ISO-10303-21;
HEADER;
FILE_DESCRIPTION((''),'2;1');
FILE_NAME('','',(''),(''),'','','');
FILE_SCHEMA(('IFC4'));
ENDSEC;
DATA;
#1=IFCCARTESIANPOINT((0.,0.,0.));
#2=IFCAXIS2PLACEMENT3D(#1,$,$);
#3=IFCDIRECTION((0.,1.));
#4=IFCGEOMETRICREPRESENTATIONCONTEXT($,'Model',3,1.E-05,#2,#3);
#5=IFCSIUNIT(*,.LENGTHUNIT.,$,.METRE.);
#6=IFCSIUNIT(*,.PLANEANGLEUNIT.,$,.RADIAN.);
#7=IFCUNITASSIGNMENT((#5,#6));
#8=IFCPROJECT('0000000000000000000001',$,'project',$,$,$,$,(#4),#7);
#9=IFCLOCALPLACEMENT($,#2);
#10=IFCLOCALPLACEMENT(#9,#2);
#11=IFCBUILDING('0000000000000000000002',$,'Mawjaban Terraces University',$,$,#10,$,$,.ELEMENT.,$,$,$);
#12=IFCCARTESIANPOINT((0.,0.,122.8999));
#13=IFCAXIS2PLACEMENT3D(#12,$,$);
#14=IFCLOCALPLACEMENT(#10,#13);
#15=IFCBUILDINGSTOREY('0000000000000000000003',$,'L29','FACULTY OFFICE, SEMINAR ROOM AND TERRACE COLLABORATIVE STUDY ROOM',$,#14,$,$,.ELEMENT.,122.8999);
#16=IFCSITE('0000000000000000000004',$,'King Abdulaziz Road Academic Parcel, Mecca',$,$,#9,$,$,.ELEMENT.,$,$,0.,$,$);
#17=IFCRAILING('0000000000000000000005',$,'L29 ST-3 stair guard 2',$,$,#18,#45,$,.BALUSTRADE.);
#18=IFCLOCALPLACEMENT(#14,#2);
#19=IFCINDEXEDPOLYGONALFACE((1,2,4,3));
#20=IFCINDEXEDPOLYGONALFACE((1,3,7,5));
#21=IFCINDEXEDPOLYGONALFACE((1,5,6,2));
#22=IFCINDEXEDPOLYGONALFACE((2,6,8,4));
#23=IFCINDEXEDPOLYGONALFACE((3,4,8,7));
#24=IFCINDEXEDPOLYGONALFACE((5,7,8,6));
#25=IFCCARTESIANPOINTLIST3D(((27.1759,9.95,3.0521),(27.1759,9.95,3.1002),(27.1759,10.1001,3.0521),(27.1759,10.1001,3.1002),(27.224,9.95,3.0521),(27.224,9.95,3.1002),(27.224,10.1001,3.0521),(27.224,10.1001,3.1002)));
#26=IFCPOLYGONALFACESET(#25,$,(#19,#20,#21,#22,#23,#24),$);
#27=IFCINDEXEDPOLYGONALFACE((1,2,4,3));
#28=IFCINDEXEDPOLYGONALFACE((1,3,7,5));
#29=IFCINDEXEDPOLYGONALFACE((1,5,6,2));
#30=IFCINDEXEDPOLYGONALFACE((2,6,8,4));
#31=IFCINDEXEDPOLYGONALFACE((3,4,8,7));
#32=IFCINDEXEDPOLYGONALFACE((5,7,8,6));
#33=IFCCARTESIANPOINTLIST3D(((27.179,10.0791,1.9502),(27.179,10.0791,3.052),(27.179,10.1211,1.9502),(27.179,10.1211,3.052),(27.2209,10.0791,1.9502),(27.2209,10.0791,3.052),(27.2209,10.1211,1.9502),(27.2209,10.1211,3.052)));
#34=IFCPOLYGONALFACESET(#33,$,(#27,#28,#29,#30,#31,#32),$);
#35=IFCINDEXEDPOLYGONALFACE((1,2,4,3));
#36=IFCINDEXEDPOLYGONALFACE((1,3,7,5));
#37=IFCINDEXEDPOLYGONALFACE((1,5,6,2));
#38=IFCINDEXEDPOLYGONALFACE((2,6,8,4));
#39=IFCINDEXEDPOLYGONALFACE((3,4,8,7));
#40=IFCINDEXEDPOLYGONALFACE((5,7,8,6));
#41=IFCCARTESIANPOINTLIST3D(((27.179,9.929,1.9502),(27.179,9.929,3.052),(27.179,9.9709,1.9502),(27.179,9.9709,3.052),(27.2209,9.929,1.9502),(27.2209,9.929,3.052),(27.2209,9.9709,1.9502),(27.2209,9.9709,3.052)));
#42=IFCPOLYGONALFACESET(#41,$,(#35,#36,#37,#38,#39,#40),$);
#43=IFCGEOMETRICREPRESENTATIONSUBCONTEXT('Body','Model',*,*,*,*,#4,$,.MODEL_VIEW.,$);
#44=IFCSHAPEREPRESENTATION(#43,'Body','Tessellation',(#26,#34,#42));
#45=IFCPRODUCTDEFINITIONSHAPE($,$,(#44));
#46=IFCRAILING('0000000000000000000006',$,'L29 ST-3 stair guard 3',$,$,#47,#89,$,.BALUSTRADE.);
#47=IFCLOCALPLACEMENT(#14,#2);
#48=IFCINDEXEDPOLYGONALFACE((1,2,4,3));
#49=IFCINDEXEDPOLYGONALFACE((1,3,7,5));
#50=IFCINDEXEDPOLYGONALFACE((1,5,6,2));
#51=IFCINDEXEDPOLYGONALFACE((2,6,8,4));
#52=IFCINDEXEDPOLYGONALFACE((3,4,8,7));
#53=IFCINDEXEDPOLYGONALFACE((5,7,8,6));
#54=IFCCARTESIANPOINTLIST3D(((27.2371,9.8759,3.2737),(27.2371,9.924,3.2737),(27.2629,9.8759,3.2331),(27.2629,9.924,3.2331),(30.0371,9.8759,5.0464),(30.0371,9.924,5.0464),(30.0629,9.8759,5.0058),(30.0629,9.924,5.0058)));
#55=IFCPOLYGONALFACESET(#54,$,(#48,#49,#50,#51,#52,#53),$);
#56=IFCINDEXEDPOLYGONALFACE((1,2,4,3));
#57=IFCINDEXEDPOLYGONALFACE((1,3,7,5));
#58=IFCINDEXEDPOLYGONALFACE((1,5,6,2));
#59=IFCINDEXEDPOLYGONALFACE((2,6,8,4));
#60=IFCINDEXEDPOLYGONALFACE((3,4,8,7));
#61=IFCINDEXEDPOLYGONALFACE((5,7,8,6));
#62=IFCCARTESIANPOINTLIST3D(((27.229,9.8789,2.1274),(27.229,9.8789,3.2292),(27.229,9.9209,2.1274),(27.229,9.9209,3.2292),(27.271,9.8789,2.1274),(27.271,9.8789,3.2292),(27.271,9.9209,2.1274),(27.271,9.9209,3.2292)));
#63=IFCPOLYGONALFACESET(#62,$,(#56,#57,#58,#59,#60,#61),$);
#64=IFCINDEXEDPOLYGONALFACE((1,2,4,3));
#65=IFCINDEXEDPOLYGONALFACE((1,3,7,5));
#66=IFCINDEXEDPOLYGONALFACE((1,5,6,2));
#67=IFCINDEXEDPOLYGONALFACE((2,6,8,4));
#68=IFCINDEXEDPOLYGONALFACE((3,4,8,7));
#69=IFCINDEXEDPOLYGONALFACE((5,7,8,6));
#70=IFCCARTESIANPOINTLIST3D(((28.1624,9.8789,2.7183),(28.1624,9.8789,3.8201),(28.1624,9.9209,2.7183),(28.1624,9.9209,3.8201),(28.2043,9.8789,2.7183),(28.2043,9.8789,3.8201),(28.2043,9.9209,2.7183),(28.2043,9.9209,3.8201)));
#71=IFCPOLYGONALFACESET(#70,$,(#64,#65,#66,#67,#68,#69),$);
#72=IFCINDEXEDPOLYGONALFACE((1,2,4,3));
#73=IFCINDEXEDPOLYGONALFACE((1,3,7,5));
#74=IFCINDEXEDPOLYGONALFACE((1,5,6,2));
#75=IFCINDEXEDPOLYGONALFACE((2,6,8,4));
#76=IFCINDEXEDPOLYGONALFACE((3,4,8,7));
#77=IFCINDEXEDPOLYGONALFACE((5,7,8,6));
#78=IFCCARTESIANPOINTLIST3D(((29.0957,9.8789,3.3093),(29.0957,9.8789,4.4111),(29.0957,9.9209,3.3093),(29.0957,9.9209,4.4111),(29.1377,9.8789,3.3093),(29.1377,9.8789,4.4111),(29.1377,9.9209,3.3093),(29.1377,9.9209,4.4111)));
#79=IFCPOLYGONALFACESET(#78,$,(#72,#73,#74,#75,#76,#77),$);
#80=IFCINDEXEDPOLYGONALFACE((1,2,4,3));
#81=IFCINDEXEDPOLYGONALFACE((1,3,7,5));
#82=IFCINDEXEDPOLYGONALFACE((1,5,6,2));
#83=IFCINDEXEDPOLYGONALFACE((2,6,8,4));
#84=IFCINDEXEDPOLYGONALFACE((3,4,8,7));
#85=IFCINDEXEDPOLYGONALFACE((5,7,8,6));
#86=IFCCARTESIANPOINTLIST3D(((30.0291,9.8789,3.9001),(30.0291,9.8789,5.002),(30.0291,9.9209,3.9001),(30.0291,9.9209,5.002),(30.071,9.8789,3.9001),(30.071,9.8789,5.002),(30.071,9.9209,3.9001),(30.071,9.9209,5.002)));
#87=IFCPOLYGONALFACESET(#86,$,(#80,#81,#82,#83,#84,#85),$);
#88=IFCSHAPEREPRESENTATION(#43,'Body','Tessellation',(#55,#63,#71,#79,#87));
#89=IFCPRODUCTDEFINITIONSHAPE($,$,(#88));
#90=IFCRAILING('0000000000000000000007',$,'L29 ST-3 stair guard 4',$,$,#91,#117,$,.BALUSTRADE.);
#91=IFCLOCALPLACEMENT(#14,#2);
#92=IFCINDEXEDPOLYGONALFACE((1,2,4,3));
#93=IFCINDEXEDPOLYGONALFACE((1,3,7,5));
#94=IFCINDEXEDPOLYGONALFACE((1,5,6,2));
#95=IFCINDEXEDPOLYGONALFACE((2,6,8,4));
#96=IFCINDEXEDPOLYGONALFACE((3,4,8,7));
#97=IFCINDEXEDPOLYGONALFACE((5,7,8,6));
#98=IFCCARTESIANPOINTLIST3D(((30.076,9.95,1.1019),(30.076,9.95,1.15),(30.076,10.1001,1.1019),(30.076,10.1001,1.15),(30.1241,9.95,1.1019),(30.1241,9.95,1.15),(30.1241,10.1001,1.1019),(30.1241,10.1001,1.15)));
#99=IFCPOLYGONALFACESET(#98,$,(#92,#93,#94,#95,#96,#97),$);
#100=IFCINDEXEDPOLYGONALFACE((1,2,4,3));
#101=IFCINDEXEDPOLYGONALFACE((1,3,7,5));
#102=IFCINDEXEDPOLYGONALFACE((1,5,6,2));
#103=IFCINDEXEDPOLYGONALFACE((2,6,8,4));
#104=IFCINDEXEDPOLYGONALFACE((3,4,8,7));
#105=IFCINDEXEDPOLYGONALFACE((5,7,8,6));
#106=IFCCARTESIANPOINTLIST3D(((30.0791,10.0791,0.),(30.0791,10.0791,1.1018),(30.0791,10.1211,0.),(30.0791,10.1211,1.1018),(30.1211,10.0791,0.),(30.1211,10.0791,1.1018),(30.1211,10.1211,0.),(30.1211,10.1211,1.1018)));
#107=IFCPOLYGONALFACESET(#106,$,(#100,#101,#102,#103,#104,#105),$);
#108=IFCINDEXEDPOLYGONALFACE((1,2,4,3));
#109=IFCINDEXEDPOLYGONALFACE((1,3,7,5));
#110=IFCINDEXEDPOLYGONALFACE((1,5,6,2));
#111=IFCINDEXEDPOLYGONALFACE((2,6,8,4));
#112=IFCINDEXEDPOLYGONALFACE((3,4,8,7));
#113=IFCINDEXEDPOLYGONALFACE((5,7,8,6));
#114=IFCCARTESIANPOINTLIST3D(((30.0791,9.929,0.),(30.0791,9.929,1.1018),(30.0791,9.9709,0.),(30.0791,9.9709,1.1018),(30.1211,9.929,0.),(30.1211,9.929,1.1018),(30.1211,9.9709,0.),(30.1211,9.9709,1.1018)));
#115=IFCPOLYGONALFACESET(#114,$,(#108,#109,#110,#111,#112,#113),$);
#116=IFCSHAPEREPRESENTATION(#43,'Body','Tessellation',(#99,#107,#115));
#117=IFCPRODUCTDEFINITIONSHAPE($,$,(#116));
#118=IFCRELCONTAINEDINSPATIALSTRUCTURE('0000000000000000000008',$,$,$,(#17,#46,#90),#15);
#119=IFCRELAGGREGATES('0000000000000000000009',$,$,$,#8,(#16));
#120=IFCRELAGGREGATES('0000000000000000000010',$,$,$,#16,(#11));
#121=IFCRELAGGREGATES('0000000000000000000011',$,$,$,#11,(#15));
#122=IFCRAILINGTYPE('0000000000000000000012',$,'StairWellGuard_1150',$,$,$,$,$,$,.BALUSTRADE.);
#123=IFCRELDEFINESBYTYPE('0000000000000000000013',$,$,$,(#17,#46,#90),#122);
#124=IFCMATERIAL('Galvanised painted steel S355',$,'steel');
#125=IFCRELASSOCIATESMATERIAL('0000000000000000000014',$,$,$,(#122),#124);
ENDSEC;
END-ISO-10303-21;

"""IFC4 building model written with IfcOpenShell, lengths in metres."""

from ifc_helpers import new_model, si_unit, direction, frame, origin, origin_2d, place, context, subcontext, project, spatial, rectangle, extrude, material, type_object, element, save


model = new_model("IFC4")

# Units and contexts
model_context = context("Model", 3, precision=1e-05, world=origin(), true_north=direction((0.0, 1.0)))
body_context = subcontext(model_context, "Body", "Model", "MODEL_VIEW")
ifc_project = project(units=[si_unit("LENGTHUNIT", "METRE"), si_unit("PLANEANGLEUNIT", "RADIAN")], contexts=[model_context])

# Site, building, storey
site_placement = place(None, origin())
site = spatial("IfcSite", under=ifc_project, at=site_placement, Name="King Abdulaziz Road Academic Parcel, Mecca", CompositionType="ELEMENT", RefElevation=0.0)
building_placement = place(site_placement, origin())
building = spatial("IfcBuilding", under=site, at=building_placement, Name="Mawjaban Terraces University", CompositionType="ELEMENT")
storey_placement = place(building_placement, frame((0.0, 0.0, 122.8999)))
storey = spatial("IfcBuildingStorey", under=building, at=storey_placement, Name="L29", Description="FACULTY OFFICE, SEMINAR ROOM AND TERRACE COLLABORATIVE STUDY ROOM", CompositionType="ELEMENT", Elevation=122.8999)

# Railings
ifc_material_1 = material(Name="Galvanised painted steel S355", Category="steel")
railing_type_1 = type_object("IfcRailingType", Name="StairWellGuard_1150", PredefinedType="BALUSTRADE", material=ifc_material_1)
railing_1_placement = place(storey_placement, frame((27.2, 10.1001, 1.9502)))
element("IfcRailing", 1, at=railing_1_placement, inside=storey, type_object=railing_type_1, Name="L29 ST-3 stair guard 2", PredefinedType="BALUSTRADE", context=body_context, shape_type="SweptSolid", body=[
    extrude(rectangle(XDim=0.0481, YDim=0.0481, at=origin_2d()), frame((0.0, 0.0, 1.126), z_axis=(0.0, -1.0, 0.0), x_axis=(1.0, 0.0, 0.0)), (0.0, 0.0, 1.0), 0.1501),
    extrude(rectangle(XDim=0.042, YDim=0.042, at=origin_2d()), origin(), (0.0, 0.0, 1.0), 1.1018),
    extrude(rectangle(XDim=0.042, YDim=0.042, at=origin_2d()), frame((0.0, -0.1501, 0.0)), (0.0, 0.0, 1.0), 1.1018),
])
railing_2_placement = place(storey_placement, frame((27.25, 9.8999, 2.1274)))
element("IfcRailing", 2, at=railing_2_placement, inside=storey, type_object=railing_type_1, Name="L29 ST-3 stair guard 3", PredefinedType="BALUSTRADE", context=body_context, shape_type="SweptSolid", body=[
    extrude(rectangle(XDim=0.0481, YDim=0.0481, at=origin_2d()), frame((0.0, 0.0, 1.126), z_axis=(0.844909, 0.0, 0.53491), x_axis=(0.0, 1.0, 0.0)), (0.0, 0.0, 1.0), 3.314),
    extrude(rectangle(XDim=0.042, YDim=0.042, at=origin_2d()), origin(), (0.0, 0.0, 1.0), 1.1018),
    extrude(rectangle(XDim=0.042, YDim=0.042, at=origin_2d()), frame((0.9333, 0.0, 0.5908)), (0.0, 0.0, 1.0), 1.1018),
    extrude(rectangle(XDim=0.042, YDim=0.042, at=origin_2d()), frame((1.8667, 0.0, 1.1819)), (0.0, 0.0, 1.0), 1.1018),
    extrude(rectangle(XDim=0.042, YDim=0.042, at=origin_2d()), frame((2.8, 0.0, 1.7727)), (0.0, 0.0, 1.0), 1.1018),
])
railing_3_placement = place(storey_placement, frame((30.1001, 10.1001, 0.0)))
element("IfcRailing", 3, at=railing_3_placement, inside=storey, type_object=railing_type_1, Name="L29 ST-3 stair guard 4", PredefinedType="BALUSTRADE", context=body_context, shape_type="SweptSolid", body=[
    extrude(rectangle(XDim=0.0481, YDim=0.0481, at=origin_2d()), frame((0.0, 0.0, 1.126), z_axis=(0.0, -1.0, 0.0), x_axis=(1.0, 0.0, 0.0)), (0.0, 0.0, 1.0), 0.1501),
    extrude(rectangle(XDim=0.042, YDim=0.042, at=origin_2d()), origin(), (0.0, 0.0, 1.0), 1.1018),
    extrude(rectangle(XDim=0.042, YDim=0.042, at=origin_2d()), frame((0.0, -0.1501, 0.0)), (0.0, 0.0, 1.0), 1.1018),
])

save(model, "model.ifc")
